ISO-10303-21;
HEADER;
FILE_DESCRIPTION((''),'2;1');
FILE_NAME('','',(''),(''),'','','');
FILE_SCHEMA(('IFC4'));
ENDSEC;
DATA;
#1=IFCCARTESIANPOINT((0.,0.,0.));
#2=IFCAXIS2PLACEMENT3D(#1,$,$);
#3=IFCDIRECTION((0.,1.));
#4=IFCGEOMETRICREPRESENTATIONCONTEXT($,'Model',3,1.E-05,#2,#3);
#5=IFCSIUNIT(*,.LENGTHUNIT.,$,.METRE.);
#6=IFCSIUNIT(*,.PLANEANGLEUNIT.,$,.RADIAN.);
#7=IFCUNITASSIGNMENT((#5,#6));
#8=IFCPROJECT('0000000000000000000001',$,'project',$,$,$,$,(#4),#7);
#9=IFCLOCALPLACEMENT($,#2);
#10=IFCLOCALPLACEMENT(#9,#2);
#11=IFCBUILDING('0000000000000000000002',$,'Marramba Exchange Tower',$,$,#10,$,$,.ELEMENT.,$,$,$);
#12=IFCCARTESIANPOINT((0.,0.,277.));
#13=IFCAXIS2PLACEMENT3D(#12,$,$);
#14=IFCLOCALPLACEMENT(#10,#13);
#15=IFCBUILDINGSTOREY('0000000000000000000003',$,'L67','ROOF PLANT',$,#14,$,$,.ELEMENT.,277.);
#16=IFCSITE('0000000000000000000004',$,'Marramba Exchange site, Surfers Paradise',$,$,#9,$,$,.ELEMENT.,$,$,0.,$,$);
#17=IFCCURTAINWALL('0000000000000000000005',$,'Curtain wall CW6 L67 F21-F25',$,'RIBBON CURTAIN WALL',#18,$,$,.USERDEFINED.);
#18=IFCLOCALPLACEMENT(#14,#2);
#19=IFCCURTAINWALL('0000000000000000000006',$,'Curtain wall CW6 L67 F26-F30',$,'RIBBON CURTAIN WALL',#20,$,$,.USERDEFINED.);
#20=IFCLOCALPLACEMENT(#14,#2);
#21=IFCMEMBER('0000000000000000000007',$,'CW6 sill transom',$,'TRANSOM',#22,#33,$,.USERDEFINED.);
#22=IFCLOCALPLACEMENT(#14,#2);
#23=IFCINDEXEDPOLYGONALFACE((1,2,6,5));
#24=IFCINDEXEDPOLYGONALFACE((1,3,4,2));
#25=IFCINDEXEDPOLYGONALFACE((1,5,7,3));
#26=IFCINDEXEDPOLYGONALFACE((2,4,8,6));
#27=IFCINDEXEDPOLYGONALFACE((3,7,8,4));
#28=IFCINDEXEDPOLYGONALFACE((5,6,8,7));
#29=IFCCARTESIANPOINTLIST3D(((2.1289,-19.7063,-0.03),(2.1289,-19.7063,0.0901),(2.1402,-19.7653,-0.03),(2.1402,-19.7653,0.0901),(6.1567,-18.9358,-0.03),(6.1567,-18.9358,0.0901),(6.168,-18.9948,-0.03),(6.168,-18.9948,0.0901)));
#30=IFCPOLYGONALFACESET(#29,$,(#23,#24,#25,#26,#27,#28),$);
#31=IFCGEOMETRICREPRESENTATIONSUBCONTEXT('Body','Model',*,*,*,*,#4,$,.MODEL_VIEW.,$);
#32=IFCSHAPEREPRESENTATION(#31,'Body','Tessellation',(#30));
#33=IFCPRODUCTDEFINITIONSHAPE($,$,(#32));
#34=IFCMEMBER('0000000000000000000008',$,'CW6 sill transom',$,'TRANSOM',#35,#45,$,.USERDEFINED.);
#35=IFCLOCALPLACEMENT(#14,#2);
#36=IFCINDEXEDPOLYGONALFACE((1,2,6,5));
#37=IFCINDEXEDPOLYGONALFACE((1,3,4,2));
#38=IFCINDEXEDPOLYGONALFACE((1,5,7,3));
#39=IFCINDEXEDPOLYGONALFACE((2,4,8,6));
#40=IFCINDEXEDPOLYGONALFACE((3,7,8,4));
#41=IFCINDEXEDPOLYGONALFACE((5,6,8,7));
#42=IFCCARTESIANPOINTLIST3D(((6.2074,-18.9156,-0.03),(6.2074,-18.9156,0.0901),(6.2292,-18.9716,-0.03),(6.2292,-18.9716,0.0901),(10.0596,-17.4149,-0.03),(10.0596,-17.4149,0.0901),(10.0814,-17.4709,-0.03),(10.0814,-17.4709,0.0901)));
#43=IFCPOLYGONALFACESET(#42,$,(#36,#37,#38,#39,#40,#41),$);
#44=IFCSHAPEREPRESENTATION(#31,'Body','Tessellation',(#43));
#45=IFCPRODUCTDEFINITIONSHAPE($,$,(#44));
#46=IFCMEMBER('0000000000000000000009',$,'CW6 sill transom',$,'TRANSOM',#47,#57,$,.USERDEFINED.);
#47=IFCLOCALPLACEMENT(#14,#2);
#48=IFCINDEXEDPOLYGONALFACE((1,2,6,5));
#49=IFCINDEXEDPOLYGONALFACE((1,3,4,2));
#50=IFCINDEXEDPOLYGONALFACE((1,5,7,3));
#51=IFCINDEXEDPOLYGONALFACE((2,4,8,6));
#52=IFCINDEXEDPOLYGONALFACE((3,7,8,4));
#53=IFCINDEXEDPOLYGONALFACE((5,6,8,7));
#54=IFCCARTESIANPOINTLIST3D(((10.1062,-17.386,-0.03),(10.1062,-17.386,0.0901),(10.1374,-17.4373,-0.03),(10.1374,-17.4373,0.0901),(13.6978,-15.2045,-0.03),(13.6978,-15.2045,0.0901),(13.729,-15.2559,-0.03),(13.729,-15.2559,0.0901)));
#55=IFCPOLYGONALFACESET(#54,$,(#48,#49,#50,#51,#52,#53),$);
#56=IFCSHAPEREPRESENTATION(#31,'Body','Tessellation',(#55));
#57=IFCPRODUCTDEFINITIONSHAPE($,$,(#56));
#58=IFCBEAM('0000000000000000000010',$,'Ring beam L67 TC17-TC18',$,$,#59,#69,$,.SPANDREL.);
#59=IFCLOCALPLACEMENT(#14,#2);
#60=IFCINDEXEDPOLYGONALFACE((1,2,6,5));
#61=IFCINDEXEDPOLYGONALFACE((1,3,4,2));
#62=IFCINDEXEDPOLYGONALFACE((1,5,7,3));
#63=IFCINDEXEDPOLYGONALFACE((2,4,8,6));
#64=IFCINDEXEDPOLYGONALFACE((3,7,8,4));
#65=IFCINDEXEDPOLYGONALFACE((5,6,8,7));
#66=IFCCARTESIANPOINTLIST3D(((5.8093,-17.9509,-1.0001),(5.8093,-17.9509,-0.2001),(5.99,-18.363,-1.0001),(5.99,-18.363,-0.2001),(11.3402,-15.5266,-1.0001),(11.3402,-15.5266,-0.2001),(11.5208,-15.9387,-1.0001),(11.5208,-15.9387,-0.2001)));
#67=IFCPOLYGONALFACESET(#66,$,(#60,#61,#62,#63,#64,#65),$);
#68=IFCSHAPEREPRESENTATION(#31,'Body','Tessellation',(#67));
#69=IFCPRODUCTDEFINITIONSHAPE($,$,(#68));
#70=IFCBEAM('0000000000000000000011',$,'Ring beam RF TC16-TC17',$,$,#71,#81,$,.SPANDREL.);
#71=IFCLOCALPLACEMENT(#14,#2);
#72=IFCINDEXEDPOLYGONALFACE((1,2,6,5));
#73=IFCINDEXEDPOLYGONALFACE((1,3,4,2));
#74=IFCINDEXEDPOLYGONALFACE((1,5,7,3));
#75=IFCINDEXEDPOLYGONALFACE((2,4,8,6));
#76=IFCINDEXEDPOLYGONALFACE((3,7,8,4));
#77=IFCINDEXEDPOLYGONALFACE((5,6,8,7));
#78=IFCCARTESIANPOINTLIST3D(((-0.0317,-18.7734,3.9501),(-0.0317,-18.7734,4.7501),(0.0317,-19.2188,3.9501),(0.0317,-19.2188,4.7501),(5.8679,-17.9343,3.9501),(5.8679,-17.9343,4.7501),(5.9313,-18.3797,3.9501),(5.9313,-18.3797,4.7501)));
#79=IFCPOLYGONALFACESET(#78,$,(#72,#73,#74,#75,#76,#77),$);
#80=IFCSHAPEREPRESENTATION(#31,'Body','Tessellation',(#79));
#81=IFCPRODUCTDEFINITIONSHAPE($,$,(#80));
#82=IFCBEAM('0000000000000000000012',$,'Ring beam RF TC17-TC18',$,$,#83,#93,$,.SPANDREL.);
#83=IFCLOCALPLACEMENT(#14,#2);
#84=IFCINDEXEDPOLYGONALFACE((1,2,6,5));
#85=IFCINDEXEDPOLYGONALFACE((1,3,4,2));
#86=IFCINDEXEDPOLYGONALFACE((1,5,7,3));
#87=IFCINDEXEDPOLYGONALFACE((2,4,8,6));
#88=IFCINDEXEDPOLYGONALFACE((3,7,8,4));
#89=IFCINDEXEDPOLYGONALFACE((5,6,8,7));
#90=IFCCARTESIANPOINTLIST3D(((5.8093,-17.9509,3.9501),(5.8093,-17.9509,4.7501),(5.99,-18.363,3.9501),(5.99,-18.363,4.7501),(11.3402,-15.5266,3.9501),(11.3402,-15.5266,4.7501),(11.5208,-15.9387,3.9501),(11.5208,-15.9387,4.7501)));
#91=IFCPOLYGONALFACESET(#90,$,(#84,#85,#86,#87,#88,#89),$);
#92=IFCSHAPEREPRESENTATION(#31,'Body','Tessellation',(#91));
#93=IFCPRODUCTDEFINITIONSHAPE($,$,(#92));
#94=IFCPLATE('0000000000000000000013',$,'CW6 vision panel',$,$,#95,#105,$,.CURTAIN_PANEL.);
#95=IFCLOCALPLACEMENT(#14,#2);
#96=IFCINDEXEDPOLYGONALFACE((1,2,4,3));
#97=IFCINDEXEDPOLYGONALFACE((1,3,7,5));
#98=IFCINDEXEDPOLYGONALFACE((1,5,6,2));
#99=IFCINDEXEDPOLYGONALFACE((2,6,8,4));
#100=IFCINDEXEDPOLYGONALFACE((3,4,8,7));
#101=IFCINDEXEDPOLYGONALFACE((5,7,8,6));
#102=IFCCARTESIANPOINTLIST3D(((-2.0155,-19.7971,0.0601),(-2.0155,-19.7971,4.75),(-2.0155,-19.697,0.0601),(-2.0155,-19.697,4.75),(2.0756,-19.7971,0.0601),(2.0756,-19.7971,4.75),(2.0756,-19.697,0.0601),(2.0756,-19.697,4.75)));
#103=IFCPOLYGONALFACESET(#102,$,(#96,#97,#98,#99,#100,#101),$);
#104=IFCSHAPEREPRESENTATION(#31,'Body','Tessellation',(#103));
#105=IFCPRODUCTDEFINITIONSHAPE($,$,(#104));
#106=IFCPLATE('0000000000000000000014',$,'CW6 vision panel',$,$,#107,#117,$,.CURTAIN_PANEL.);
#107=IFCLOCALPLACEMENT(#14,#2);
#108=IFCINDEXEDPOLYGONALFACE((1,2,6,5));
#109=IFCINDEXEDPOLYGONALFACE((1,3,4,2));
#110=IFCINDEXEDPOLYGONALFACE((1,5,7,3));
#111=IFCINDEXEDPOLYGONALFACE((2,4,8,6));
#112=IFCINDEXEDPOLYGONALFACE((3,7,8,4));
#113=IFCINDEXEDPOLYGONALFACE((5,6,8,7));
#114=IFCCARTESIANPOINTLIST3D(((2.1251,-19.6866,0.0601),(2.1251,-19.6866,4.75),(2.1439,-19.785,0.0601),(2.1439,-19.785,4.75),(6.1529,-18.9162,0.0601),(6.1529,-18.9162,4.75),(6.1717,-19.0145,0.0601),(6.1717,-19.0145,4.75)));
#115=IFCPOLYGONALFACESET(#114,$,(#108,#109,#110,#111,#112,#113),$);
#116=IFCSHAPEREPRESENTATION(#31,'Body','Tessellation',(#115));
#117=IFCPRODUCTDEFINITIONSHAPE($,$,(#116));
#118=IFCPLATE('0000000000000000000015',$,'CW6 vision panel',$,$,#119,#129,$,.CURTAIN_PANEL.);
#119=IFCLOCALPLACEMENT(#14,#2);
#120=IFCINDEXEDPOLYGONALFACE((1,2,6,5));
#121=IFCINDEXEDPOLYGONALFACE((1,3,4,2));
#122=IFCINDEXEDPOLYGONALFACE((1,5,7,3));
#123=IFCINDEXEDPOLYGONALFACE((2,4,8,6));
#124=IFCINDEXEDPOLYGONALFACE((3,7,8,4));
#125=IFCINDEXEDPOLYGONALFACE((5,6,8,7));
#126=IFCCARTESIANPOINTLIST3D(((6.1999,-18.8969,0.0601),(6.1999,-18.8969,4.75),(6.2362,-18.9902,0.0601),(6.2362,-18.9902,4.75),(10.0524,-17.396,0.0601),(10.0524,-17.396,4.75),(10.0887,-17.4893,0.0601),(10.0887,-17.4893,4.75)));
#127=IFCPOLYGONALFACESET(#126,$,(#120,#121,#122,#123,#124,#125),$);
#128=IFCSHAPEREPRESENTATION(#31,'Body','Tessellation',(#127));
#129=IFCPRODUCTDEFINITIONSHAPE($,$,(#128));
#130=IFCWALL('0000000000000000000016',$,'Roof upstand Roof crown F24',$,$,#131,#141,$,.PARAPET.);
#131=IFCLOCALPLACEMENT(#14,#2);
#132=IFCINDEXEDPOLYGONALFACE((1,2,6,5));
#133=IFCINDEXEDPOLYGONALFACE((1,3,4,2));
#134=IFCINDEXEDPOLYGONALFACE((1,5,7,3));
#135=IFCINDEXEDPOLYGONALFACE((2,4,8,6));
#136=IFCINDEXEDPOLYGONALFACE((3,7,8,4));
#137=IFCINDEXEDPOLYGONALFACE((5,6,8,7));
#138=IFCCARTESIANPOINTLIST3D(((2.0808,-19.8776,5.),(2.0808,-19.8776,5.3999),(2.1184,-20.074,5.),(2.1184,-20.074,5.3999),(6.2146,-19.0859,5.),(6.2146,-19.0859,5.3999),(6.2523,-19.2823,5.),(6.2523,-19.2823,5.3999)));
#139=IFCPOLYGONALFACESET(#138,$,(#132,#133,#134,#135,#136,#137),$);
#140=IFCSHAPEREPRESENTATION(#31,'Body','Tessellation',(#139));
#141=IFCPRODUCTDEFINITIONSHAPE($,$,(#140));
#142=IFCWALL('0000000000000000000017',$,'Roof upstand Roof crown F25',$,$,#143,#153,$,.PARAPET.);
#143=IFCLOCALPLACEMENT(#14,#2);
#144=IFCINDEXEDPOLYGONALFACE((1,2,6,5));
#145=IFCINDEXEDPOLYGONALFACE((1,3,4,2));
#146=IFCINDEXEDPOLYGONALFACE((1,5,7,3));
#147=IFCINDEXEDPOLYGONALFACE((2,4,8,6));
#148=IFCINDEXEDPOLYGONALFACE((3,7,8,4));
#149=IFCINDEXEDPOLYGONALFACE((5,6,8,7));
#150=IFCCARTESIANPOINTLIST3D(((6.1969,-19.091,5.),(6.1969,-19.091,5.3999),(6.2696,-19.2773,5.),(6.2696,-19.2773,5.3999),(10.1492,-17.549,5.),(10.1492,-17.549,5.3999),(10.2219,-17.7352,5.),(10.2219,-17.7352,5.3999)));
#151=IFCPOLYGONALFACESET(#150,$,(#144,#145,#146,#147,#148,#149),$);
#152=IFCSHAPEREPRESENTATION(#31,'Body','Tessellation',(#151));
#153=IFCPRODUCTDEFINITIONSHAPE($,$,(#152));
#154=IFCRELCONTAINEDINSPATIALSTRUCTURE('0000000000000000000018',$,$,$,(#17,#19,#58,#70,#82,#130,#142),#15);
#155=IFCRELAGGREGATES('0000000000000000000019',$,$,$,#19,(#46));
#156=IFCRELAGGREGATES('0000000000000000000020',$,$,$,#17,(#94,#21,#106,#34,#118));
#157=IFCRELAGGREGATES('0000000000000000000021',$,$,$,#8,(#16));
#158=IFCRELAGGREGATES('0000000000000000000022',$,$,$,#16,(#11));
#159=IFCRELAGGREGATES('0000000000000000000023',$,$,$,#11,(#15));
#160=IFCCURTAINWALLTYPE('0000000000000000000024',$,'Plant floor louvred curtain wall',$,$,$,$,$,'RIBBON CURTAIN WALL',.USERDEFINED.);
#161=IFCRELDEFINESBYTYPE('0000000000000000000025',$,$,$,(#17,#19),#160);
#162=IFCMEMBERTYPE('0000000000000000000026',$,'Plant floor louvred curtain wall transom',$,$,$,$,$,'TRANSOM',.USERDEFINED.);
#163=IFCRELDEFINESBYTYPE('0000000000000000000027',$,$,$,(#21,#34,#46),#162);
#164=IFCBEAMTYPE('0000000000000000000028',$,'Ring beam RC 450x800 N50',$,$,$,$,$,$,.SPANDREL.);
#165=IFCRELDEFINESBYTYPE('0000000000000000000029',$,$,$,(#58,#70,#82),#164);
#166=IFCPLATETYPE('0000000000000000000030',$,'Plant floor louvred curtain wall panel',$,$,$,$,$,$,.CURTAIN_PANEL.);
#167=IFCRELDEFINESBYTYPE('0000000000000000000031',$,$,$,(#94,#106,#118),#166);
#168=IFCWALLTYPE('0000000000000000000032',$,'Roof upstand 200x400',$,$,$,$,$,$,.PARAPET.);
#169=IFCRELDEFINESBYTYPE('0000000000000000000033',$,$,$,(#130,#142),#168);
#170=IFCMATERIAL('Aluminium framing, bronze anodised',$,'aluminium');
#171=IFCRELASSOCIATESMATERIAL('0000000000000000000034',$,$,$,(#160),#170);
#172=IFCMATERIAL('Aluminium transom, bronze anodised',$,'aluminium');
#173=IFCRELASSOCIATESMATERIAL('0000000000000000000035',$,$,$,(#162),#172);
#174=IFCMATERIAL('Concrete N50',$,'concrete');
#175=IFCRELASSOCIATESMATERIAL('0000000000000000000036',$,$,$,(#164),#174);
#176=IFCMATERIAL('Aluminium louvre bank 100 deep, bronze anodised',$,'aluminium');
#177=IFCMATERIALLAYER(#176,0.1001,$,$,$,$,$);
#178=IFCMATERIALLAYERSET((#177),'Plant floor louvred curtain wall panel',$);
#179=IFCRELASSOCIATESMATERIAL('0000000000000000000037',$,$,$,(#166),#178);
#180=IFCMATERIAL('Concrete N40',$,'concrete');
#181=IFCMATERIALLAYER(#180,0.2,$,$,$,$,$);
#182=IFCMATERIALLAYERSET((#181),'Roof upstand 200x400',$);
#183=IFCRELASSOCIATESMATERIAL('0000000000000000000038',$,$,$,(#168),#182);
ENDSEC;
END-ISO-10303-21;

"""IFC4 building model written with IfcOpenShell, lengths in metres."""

from ifc_helpers import new_model, si_unit, direction, frame, frame_2d, origin, origin_2d, place, context, subcontext, project, spatial, rectangle, extrude, material, layer, layer_set, material_profile, profile_set, type_object, element, aggregate, save


model = new_model("IFC4")

# Units and contexts
model_context = context("Model", 3, precision=1e-05, world=origin(), true_north=direction((0.0, 1.0)))
body_context = subcontext(model_context, "Body", "Model", "MODEL_VIEW")
ifc_project = project(units=[si_unit("LENGTHUNIT", "METRE"), si_unit("PLANEANGLEUNIT", "RADIAN")], contexts=[model_context])

# Site, building, storey
site_placement = place(None, origin())
site = spatial("IfcSite", under=ifc_project, at=site_placement, Name="Marramba Exchange site, Surfers Paradise", CompositionType="ELEMENT", RefElevation=0.0)
building_placement = place(site_placement, origin())
building = spatial("IfcBuilding", under=site, at=building_placement, Name="Marramba Exchange Tower", CompositionType="ELEMENT")
storey_placement = place(building_placement, frame((0.0, 0.0, 277.0)))
storey = spatial("IfcBuildingStorey", under=building, at=storey_placement, Name="L67", Description="ROOF PLANT", CompositionType="ELEMENT", Elevation=277.0)

# Shared definitions
ifc_material_1 = material(Name="Concrete N50", Category="concrete")

# Curtain wall
ifc_material_2 = material(Name="Aluminium framing, bronze anodised", Category="aluminium")
curtain_wall_type = type_object("IfcCurtainWallType", Name="Plant floor louvred curtain wall", ElementType="RIBBON CURTAIN WALL", PredefinedType="USERDEFINED", material=ifc_material_2)
curtain_wall_1_placement = place(storey_placement, origin())
curtain_wall_1 = element("IfcCurtainWall", 1, at=curtain_wall_1_placement, inside=storey, type_object=curtain_wall_type, Name="Curtain wall CW6 L67 F21-F25", ObjectType="RIBBON CURTAIN WALL", PredefinedType="USERDEFINED")

# Curtain wall
curtain_wall_2_placement = place(storey_placement, origin())
curtain_wall_2 = element("IfcCurtainWall", 2, at=curtain_wall_2_placement, inside=storey, type_object=curtain_wall_type, Name="Curtain wall CW6 L67 F26-F30", ObjectType="RIBBON CURTAIN WALL", PredefinedType="USERDEFINED")

# Members
ifc_material_3 = material(Name="Aluminium transom, bronze anodised", Category="aluminium")
ifc_material_profile_1 = material_profile(ifc_material_3, rectangle(XDim=0.0601, YDim=0.1201, at=origin_2d()), Name="CW6 transom 60x120")
ifc_profile_set_1 = profile_set([ifc_material_profile_1], Name="Aluminium transom, bronze anodised")
member_type_1 = type_object("IfcMemberType", Name="Plant floor louvred curtain wall transom", ElementType="TRANSOM", PredefinedType="USERDEFINED", material=ifc_profile_set_1)
member_1_placement = place(storey_placement, frame((2.1345, -19.7358, 0.03), z_axis=(0.98219, 0.187889, 0.0), x_axis=(-0.187889, 0.98219, 0.0)))
member_1 = element("IfcMember", 3, at=member_1_placement, type_object=member_type_1, Name="CW6 sill transom", ObjectType="TRANSOM", PredefinedType="USERDEFINED", context=body_context, shape_type="SweptSolid", body=[
    extrude(rectangle(XDim=0.0601, YDim=0.1201, at=origin_2d()), origin(), (0.0, 0.0, 1.0), 4.1008),
])
member_2_placement = place(storey_placement, frame((6.2183, -18.9436, 0.03), z_axis=(0.931791, 0.362996, 0.0), x_axis=(-0.362996, 0.931791, 0.0)))
member_2 = element("IfcMember", 4, at=member_2_placement, type_object=member_type_1, Name="CW6 sill transom", ObjectType="TRANSOM", PredefinedType="USERDEFINED", context=body_context, shape_type="SweptSolid", body=[
    extrude(rectangle(XDim=0.0601, YDim=0.1201, at=origin_2d()), origin(), (0.0, 0.0, 1.0), 4.1343),
])
member_3_placement = place(storey_placement, frame((10.1218, -17.4116, 0.03), z_axis=(0.854702, 0.519119, 0.0), x_axis=(-0.519119, 0.854702, 0.0)))
member_3 = element("IfcMember", 5, at=member_3_placement, type_object=member_type_1, Name="CW6 sill transom", ObjectType="TRANSOM", PredefinedType="USERDEFINED", context=body_context, shape_type="SweptSolid", body=[
    extrude(rectangle(XDim=0.0601, YDim=0.1201, at=origin_2d()), origin(), (0.0, 0.0, 1.0), 4.2021),
])
aggregate(curtain_wall_2, [member_3])

# Beams
ifc_material_profile_2 = material_profile(ifc_material_1, rectangle(XDim=0.45, YDim=0.8, at=origin_2d()), Name="RC 450x800")
ifc_profile_set_2 = profile_set([ifc_material_profile_2], Name="Concrete N50")
beam_type_1 = type_object("IfcBeamType", Name="Ring beam RC 450x800 N50", PredefinedType="SPANDREL", material=ifc_profile_set_2)
beam_1_placement = place(storey_placement, frame((5.8997, -18.157, -0.6001), z_axis=(0.915877, 0.401459, 0.0), x_axis=(-0.401459, 0.915877, 0.0)))
element("IfcBeam", 6, at=beam_1_placement, inside=storey, type_object=beam_type_1, Name="Ring beam L67 TC17-TC18", PredefinedType="SPANDREL", context=body_context, shape_type="SweptSolid", body=[
    extrude(rectangle(XDim=0.45, YDim=0.8, at=origin_2d()), origin(), (0.0, 0.0, 1.0), 6.0388),
])
beam_2_placement = place(storey_placement, frame((0.0, -18.9961, 4.3501), z_axis=(0.990036, 0.140813, 0.0), x_axis=(-0.140813, 0.990036, 0.0)))
element("IfcBeam", 7, at=beam_2_placement, inside=storey, type_object=beam_type_1, Name="Ring beam RF TC16-TC17", PredefinedType="SPANDREL", context=body_context, shape_type="SweptSolid", body=[
    extrude(rectangle(XDim=0.45, YDim=0.8, at=origin_2d()), origin(), (0.0, 0.0, 1.0), 5.959),
])
beam_3_placement = place(storey_placement, frame((5.8997, -18.157, 4.3501), z_axis=(0.915877, 0.401459, 0.0), x_axis=(-0.401459, 0.915877, 0.0)))
element("IfcBeam", 8, at=beam_3_placement, inside=storey, type_object=beam_type_1, Name="Ring beam RF TC17-TC18", PredefinedType="SPANDREL", context=body_context, shape_type="SweptSolid", body=[
    extrude(rectangle(XDim=0.45, YDim=0.8, at=origin_2d()), origin(), (0.0, 0.0, 1.0), 6.0388),
])

# Plates
ifc_material_4 = material(Name="Aluminium louvre bank 100 deep, bronze anodised", Category="aluminium")
ifc_layer_1 = layer(ifc_material_4, 0.1001)
ifc_layer_set_1 = layer_set([ifc_layer_1], Name="Plant floor louvred curtain wall panel")
plate_type = type_object("IfcPlateType", Name="Plant floor louvred curtain wall panel", PredefinedType="CURTAIN_PANEL", material=ifc_layer_set_1)
plate_1_placement = place(storey_placement, frame((0.03, -19.7471, 0.0601), z_axis=(0.0, 0.0, 1.0), x_axis=(1.0, 0.0, 0.0)))
plate_1 = element("IfcPlate", 9, at=plate_1_placement, type_object=plate_type, Name="CW6 vision panel", PredefinedType="CURTAIN_PANEL", context=body_context, shape_type="SweptSolid", body=[
    extrude(rectangle(XDim=4.0911, YDim=0.1001, at=origin_2d()), origin(), (0.0, 0.0, 1.0), 4.6899),
])
plate_2_placement = place(storey_placement, frame((4.1484, -19.3506, 0.0601), z_axis=(0.0, 0.0, 1.0), x_axis=(0.982193, 0.187873, 0.0)))
plate_2 = element("IfcPlate", 10, at=plate_2_placement, type_object=plate_type, Name="CW6 vision panel", PredefinedType="CURTAIN_PANEL", context=body_context, shape_type="SweptSolid", body=[
    extrude(rectangle(XDim=4.1008, YDim=0.1001, at=origin_2d()), origin(), (0.0, 0.0, 1.0), 4.6899),
])
plate_3_placement = place(storey_placement, frame((8.1443, -18.1931, 0.0601), z_axis=(0.0, 0.0, 1.0), x_axis=(0.931785, 0.36301, 0.0)))
plate_3 = element("IfcPlate", 11, at=plate_3_placement, type_object=plate_type, Name="CW6 vision panel", PredefinedType="CURTAIN_PANEL", context=body_context, shape_type="SweptSolid", body=[
    extrude(rectangle(XDim=4.1345, YDim=0.1001, at=origin_2d()), origin(), (0.0, 0.0, 1.0), 4.6899),
])
aggregate(curtain_wall_1, [plate_1, member_1, plate_2, member_2, plate_3])

# Walls
ifc_material_5 = material(Name="Concrete N40", Category="concrete")
ifc_layer_2 = layer(ifc_material_5, 0.2)
ifc_layer_set_2 = layer_set([ifc_layer_2], Name="Roof upstand 200x400")
wall_type = type_object("IfcWallType", Name="Roof upstand 200x400", PredefinedType="PARAPET", material=ifc_layer_set_2)
wall_1_placement = place(storey_placement, frame((2.0996, -19.9758, 5.0), z_axis=(0.0, 0.0, 1.0), x_axis=(0.982148, 0.188112, 0.0)))
element("IfcWall", 12, at=wall_1_placement, inside=storey, type_object=wall_type, Name="Roof upstand Roof crown F24", PredefinedType="PARAPET", context=body_context, shape_type="SweptSolid", body=[
    extrude(rectangle(XDim=4.209, YDim=0.2, at=frame_2d((2.1045, 0.0))), origin(), (0.0, 0.0, 1.0), 0.3999),
])
wall_2_placement = place(storey_placement, frame((6.2334, -19.1841, 5.0), z_axis=(0.0, 0.0, 1.0), x_axis=(0.931602, 0.363479, 0.0)))
element("IfcWall", 13, at=wall_2_placement, inside=storey, type_object=wall_type, Name="Roof upstand Roof crown F25", PredefinedType="PARAPET", context=body_context, shape_type="SweptSolid", body=[
    extrude(rectangle(XDim=4.2424, YDim=0.2, at=frame_2d((2.1211, 0.0))), origin(), (0.0, 0.0, 1.0), 0.3999),
])

save(model, "model.ifc")
